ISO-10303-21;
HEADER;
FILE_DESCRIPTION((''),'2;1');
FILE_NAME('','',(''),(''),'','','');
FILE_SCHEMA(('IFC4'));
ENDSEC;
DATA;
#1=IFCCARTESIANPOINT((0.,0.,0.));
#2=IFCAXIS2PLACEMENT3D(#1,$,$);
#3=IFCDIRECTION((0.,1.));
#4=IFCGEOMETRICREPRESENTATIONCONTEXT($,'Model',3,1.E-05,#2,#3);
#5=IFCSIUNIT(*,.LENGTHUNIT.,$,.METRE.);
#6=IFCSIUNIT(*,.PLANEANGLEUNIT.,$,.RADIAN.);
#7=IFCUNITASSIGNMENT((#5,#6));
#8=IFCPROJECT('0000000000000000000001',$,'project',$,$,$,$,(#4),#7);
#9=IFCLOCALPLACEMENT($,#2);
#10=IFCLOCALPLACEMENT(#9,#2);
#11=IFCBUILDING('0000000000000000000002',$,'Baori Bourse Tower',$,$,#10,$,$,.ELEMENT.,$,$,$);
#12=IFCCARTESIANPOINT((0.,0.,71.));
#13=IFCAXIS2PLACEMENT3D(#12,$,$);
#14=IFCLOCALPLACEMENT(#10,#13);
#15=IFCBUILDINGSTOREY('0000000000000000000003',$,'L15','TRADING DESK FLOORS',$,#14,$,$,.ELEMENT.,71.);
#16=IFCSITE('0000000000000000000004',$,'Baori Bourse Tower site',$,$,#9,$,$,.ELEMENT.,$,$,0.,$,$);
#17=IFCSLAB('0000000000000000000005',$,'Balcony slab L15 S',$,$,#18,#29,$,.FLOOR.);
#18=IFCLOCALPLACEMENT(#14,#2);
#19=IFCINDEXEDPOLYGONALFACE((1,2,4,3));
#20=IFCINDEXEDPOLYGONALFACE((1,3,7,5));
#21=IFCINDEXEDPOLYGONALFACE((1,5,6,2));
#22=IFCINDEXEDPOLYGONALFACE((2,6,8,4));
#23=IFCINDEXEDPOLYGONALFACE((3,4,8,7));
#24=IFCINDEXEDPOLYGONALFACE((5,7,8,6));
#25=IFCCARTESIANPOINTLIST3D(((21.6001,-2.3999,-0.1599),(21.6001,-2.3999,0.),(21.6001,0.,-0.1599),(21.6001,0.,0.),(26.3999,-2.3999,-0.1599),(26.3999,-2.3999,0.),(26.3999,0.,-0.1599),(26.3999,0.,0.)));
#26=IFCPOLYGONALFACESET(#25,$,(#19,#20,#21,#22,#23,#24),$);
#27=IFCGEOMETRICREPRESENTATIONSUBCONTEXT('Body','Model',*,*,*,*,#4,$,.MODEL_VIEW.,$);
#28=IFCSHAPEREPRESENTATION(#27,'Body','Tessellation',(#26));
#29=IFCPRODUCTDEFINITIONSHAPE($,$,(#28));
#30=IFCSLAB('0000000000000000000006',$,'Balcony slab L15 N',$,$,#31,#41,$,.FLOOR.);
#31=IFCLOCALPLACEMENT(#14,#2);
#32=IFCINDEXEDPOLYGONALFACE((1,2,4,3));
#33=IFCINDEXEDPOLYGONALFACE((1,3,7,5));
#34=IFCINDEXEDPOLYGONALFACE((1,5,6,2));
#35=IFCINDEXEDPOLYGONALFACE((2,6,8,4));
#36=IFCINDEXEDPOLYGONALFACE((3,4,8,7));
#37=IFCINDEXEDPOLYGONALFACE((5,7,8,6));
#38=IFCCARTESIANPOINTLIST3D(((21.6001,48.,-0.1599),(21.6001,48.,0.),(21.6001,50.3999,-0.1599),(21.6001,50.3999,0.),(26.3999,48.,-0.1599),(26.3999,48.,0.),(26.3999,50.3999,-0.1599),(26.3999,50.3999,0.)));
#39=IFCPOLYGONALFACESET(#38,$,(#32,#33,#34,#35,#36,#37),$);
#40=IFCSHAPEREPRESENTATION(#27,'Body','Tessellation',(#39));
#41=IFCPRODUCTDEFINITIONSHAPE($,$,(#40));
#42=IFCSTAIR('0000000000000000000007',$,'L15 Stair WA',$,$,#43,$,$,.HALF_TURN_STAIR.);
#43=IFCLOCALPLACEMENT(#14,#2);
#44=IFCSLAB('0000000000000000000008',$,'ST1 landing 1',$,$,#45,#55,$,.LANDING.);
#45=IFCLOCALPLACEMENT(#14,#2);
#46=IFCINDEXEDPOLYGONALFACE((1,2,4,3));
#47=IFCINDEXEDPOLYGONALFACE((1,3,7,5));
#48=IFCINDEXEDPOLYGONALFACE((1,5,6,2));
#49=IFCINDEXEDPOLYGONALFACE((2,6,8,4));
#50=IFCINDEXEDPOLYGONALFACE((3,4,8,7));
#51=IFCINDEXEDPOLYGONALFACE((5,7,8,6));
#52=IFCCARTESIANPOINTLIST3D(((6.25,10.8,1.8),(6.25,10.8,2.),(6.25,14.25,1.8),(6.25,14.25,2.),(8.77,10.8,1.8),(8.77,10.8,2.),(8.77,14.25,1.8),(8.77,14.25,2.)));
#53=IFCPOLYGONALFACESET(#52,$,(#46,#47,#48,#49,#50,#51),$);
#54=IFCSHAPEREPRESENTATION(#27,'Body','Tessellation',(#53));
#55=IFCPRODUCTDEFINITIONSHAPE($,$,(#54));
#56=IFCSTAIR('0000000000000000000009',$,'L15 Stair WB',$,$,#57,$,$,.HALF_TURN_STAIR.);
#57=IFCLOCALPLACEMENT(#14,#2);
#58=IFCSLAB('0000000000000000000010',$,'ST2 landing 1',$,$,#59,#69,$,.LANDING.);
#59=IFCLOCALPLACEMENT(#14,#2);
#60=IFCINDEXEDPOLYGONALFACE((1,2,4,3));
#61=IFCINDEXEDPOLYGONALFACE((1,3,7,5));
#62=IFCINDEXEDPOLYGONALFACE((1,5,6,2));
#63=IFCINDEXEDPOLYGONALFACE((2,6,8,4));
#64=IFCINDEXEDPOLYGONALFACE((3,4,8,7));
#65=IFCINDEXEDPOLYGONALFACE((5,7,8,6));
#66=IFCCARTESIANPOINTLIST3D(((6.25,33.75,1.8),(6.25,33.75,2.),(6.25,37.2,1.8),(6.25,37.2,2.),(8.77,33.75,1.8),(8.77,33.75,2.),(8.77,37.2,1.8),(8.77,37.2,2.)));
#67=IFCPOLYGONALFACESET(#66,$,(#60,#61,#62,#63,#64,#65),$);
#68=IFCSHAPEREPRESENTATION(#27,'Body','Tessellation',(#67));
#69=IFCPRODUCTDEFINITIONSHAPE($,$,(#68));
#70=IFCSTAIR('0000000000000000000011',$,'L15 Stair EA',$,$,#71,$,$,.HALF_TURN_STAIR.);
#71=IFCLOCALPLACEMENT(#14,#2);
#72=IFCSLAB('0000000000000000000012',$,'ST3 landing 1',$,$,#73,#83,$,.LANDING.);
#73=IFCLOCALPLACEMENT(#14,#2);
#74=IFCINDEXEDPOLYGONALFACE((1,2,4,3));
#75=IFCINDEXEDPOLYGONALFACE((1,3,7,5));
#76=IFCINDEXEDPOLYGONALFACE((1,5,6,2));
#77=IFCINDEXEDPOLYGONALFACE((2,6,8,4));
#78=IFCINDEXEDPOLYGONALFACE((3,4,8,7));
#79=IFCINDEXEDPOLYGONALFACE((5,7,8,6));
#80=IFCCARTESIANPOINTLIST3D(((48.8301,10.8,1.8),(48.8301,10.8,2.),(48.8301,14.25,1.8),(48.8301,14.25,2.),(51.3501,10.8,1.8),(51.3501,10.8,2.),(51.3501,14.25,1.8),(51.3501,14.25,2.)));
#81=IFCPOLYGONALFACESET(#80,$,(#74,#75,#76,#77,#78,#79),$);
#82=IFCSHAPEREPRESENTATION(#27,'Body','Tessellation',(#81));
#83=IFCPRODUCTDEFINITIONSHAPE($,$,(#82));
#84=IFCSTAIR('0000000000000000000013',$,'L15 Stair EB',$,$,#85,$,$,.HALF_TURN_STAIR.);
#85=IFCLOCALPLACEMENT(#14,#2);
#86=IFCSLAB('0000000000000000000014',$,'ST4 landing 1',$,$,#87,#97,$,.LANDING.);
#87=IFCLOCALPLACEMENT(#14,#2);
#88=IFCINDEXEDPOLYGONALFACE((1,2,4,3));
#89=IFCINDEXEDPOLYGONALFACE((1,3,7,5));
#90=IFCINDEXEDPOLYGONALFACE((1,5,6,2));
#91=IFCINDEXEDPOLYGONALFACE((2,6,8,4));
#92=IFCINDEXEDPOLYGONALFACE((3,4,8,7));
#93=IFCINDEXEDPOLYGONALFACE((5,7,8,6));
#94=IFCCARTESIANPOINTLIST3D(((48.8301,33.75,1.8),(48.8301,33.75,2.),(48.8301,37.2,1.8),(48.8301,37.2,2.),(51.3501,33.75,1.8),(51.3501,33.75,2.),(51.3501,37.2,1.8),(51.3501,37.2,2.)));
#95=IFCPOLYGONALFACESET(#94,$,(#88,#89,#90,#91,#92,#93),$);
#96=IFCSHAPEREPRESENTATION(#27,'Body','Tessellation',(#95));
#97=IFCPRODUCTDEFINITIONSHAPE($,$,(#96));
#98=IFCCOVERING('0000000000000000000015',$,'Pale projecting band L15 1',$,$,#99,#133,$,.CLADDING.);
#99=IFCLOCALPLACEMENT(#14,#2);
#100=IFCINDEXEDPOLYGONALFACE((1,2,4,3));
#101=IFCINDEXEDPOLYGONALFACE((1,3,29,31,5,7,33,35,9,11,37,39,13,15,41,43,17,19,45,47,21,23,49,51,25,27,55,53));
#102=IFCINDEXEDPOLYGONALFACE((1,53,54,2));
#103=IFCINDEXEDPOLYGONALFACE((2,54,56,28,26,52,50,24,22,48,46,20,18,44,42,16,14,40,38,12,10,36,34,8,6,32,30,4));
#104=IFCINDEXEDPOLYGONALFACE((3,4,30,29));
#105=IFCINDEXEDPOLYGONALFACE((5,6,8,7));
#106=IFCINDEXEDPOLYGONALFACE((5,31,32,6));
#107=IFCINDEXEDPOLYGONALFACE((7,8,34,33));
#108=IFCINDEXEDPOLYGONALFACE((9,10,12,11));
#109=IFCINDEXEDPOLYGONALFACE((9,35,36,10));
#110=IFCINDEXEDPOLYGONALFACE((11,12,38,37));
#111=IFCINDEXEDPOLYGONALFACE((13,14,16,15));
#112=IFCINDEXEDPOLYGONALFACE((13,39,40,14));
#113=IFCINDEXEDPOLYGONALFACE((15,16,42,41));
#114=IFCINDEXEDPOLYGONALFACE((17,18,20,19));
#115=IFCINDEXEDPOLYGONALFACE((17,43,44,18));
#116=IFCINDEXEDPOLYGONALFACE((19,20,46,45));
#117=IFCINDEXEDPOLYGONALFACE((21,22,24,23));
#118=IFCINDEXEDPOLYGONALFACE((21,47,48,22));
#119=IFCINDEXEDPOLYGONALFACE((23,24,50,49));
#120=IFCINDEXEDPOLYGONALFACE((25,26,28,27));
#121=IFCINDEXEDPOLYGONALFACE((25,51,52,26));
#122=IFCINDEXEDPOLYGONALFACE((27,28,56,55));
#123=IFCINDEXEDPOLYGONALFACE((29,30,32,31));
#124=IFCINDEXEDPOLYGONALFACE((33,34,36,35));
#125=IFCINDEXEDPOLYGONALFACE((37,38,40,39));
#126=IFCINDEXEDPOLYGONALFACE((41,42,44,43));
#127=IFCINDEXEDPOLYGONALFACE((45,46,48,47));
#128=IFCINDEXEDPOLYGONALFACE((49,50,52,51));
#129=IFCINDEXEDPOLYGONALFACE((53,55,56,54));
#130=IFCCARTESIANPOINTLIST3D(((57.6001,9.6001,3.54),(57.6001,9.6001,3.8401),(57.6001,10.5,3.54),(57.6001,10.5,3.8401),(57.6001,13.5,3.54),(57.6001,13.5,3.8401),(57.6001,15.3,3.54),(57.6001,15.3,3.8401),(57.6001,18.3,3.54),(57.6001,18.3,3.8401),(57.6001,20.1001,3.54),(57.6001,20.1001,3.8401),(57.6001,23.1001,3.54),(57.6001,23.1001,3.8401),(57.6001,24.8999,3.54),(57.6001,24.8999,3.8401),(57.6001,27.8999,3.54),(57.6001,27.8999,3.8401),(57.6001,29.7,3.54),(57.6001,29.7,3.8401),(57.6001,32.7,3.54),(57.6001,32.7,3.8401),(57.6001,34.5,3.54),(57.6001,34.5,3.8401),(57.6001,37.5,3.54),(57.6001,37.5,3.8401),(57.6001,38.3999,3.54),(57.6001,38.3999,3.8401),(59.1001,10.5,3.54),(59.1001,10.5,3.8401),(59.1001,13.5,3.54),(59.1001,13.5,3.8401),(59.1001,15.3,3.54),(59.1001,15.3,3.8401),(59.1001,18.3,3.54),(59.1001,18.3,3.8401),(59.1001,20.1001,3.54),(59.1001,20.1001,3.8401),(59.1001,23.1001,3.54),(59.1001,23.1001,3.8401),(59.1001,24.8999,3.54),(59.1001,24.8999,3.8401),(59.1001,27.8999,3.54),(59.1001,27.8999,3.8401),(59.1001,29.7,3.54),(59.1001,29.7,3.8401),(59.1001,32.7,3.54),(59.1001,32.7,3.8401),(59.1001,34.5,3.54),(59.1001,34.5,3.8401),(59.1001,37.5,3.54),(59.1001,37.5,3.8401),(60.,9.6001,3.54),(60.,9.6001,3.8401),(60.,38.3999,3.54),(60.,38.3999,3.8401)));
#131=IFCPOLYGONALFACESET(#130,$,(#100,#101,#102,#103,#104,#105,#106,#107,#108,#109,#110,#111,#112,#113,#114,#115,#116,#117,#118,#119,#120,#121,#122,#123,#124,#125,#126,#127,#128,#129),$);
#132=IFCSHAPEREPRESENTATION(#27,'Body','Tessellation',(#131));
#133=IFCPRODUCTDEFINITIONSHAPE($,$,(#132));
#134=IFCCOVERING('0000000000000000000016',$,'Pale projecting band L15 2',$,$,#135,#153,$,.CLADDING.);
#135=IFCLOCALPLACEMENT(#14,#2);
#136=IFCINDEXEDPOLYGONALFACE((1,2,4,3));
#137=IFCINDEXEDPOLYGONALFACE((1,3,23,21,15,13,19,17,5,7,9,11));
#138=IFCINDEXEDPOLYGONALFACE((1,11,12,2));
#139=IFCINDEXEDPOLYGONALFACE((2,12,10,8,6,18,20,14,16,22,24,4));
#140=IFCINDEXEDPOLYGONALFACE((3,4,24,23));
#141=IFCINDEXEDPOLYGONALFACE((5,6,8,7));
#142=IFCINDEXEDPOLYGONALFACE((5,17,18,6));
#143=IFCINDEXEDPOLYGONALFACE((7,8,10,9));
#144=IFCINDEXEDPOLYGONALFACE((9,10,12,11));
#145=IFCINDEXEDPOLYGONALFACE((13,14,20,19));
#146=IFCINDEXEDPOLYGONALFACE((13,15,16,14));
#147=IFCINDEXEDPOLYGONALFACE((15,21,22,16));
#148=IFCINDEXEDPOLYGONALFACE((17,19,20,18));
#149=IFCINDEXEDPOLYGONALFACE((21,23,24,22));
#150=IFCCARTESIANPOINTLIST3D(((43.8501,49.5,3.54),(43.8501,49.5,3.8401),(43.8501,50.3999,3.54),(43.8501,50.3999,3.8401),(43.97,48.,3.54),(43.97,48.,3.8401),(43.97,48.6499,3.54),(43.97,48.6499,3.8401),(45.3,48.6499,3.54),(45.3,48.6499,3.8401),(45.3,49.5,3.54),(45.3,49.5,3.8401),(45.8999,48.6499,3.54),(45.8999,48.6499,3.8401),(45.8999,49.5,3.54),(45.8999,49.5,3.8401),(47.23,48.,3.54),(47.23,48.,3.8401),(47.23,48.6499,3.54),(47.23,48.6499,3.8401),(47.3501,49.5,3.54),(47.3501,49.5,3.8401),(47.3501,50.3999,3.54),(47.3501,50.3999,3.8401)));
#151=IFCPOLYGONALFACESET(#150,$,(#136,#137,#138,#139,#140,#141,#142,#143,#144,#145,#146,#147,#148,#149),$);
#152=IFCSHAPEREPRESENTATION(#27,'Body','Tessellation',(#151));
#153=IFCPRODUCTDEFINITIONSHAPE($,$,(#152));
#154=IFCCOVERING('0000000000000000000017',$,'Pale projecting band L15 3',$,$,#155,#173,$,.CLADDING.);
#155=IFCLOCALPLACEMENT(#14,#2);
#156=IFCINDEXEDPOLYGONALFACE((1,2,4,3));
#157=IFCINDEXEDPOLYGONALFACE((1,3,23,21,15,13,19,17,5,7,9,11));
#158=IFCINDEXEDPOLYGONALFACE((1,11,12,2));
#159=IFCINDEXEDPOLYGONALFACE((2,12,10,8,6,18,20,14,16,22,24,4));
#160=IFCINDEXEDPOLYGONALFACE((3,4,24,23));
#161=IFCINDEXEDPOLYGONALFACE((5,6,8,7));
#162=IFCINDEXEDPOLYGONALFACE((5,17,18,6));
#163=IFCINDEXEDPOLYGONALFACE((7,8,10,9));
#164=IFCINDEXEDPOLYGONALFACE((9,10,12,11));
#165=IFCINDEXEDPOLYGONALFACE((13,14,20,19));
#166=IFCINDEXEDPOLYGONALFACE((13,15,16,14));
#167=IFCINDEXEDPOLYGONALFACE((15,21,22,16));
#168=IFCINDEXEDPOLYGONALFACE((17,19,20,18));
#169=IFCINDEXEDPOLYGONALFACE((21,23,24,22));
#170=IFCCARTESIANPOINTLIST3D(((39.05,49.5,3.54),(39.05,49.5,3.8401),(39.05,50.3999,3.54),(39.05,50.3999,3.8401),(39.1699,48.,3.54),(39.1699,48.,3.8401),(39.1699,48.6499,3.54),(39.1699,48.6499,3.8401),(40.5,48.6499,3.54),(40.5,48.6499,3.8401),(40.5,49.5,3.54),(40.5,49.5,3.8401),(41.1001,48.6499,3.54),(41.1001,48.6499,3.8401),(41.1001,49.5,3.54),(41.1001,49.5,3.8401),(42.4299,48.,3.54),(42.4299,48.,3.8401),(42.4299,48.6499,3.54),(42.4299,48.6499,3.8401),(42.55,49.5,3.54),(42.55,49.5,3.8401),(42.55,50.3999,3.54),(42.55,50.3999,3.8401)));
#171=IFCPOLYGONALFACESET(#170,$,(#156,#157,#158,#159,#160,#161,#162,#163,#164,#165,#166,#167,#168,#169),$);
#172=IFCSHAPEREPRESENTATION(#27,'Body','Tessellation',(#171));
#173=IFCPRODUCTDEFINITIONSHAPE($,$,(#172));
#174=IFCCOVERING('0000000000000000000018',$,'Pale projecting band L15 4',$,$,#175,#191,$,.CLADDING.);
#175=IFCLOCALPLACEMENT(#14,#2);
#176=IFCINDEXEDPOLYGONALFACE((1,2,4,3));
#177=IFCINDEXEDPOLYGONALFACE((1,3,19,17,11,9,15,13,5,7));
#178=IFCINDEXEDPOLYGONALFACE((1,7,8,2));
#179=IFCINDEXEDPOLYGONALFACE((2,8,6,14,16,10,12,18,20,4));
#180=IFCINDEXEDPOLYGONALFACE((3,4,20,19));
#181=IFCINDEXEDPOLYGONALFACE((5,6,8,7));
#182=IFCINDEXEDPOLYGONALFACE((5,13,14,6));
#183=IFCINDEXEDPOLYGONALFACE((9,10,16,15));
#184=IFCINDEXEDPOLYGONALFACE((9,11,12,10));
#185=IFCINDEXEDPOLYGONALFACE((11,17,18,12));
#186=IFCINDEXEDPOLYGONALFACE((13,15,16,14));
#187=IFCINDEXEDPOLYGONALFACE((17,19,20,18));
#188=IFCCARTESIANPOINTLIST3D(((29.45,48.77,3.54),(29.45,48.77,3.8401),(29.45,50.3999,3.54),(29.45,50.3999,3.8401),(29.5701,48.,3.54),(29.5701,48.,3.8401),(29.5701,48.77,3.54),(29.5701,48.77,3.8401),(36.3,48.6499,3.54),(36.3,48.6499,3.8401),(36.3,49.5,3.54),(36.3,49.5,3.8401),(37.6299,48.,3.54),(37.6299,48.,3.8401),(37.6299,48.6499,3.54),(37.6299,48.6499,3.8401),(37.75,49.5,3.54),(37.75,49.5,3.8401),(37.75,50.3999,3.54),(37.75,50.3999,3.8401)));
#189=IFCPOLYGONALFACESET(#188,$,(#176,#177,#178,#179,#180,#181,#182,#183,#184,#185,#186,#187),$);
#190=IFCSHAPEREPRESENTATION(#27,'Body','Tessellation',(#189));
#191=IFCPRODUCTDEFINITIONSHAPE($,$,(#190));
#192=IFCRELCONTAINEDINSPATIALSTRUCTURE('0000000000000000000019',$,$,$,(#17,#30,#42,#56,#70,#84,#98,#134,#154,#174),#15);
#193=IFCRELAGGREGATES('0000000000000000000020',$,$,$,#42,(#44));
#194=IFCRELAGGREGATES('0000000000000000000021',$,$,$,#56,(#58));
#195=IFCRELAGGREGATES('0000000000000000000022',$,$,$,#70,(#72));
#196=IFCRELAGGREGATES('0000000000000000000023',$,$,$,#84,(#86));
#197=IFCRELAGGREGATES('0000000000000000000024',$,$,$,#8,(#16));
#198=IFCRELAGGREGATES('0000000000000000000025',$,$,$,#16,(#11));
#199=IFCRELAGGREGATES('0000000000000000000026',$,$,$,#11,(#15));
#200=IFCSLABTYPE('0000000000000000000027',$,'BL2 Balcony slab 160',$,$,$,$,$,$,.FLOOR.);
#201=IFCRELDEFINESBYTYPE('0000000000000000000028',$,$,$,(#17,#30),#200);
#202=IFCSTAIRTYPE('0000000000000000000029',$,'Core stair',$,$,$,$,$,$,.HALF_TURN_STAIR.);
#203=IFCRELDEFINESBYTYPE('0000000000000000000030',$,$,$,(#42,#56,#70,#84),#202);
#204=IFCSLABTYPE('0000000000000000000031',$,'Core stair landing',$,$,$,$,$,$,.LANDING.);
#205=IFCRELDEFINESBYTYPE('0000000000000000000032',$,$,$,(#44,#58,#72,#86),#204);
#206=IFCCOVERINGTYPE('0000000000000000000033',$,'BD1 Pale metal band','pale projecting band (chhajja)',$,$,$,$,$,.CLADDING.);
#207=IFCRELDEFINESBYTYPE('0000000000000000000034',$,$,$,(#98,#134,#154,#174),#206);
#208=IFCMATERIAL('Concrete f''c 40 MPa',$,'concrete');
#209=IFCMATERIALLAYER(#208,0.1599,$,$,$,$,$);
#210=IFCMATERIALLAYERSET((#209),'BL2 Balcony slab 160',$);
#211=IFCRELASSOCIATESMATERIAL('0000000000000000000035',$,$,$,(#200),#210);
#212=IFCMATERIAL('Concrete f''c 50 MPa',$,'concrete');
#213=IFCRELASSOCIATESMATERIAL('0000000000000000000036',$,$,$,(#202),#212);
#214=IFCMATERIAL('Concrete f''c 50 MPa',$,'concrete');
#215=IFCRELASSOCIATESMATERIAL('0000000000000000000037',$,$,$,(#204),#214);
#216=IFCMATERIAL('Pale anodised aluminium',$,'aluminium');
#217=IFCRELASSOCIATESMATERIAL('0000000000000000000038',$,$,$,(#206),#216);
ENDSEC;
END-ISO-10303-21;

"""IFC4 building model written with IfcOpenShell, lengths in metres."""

from ifc_helpers import new_model, si_unit, direction, frame, origin, place, context, subcontext, project, spatial, polyline, outline, extrude, material, layer, layer_set, type_object, element, aggregate, save


model = new_model("IFC4")

# Units and contexts
model_context = context("Model", 3, precision=1e-05, world=origin(), true_north=direction((0.0, 1.0)))
body_context = subcontext(model_context, "Body", "Model", "MODEL_VIEW")
ifc_project = project(units=[si_unit("LENGTHUNIT", "METRE"), si_unit("PLANEANGLEUNIT", "RADIAN")], contexts=[model_context])

# Site, building, storey
site_placement = place(None, origin())
site = spatial("IfcSite", under=ifc_project, at=site_placement, Name="Baori Bourse Tower site", CompositionType="ELEMENT", RefElevation=0.0)
building_placement = place(site_placement, origin())
building = spatial("IfcBuilding", under=site, at=building_placement, Name="Baori Bourse Tower", CompositionType="ELEMENT")
storey_placement = place(building_placement, frame((0.0, 0.0, 71.0)))
storey = spatial("IfcBuildingStorey", under=building, at=storey_placement, Name="L15", Description="TRADING DESK FLOORS", CompositionType="ELEMENT", Elevation=71.0)

# Slabs
ifc_material_1 = material(Name="Concrete f'c 40 MPa", Category="concrete")
ifc_layer_1 = layer(ifc_material_1, 0.1599)
ifc_layer_set_1 = layer_set([ifc_layer_1], Name="BL2 Balcony slab 160")
slab_type_1 = type_object("IfcSlabType", Name="BL2 Balcony slab 160", PredefinedType="FLOOR", material=ifc_layer_set_1)
slab_1_placement = place(storey_placement, frame((0.0, 0.0, -0.1599)))
element("IfcSlab", 1, at=slab_1_placement, inside=storey, type_object=slab_type_1, Name="Balcony slab L15 S", PredefinedType="FLOOR", context=body_context, shape_type="SweptSolid", body=[
    extrude(outline(polyline([(21.6001, 0.0), (21.6001, -2.3999), (26.3999, -2.3999), (26.3999, 0.0), (21.6001, 0.0)])), origin(), (0.0, 0.0, 1.0), 0.1599),
])
slab_2_placement = place(storey_placement, frame((0.0, 0.0, -0.1599)))
element("IfcSlab", 2, at=slab_2_placement, inside=storey, type_object=slab_type_1, Name="Balcony slab L15 N", PredefinedType="FLOOR", context=body_context, shape_type="SweptSolid", body=[
    extrude(outline(polyline([(21.6001, 48.0), (26.3999, 48.0), (26.3999, 50.3999), (21.6001, 50.3999), (21.6001, 48.0)])), origin(), (0.0, 0.0, 1.0), 0.1599),
])

# Stairs, slabs
ifc_material_2 = material(Name="Concrete f'c 50 MPa", Category="concrete")
stair_type = type_object("IfcStairType", Name="Core stair", PredefinedType="HALF_TURN_STAIR", material=ifc_material_2)
stair_1_placement = place(storey_placement, origin())
stair_1 = element("IfcStair", 3, at=stair_1_placement, inside=storey, type_object=stair_type, Name="L15 Stair WA", PredefinedType="HALF_TURN_STAIR")
ifc_material_3 = material(Name="Concrete f'c 50 MPa", Category="concrete")
slab_type_2 = type_object("IfcSlabType", Name="Core stair landing", PredefinedType="LANDING", material=ifc_material_3)
slab_3_placement = place(storey_placement, frame((0.0, 0.0, 1.8)))
slab_3 = element("IfcSlab", 4, at=slab_3_placement, type_object=slab_type_2, Name="ST1 landing 1", PredefinedType="LANDING", context=body_context, shape_type="SweptSolid", body=[
    extrude(outline(polyline([(8.77, 14.25), (6.25, 14.25), (6.25, 10.8), (8.77, 10.8), (8.77, 14.25)])), origin(), (0.0, 0.0, 1.0), 0.2),
])
aggregate(stair_1, [slab_3])
stair_2_placement = place(storey_placement, origin())
stair_2 = element("IfcStair", 5, at=stair_2_placement, inside=storey, type_object=stair_type, Name="L15 Stair WB", PredefinedType="HALF_TURN_STAIR")
slab_4_placement = place(storey_placement, frame((0.0, 0.0, 1.8)))
slab_4 = element("IfcSlab", 6, at=slab_4_placement, type_object=slab_type_2, Name="ST2 landing 1", PredefinedType="LANDING", context=body_context, shape_type="SweptSolid", body=[
    extrude(outline(polyline([(8.77, 37.2), (6.25, 37.2), (6.25, 33.75), (8.77, 33.75), (8.77, 37.2)])), origin(), (0.0, 0.0, 1.0), 0.2),
])
aggregate(stair_2, [slab_4])
stair_3_placement = place(storey_placement, origin())
stair_3 = element("IfcStair", 7, at=stair_3_placement, inside=storey, type_object=stair_type, Name="L15 Stair EA", PredefinedType="HALF_TURN_STAIR")
slab_5_placement = place(storey_placement, frame((0.0, 0.0, 1.8)))
slab_5 = element("IfcSlab", 8, at=slab_5_placement, type_object=slab_type_2, Name="ST3 landing 1", PredefinedType="LANDING", context=body_context, shape_type="SweptSolid", body=[
    extrude(outline(polyline([(48.8301, 10.8), (51.3501, 10.8), (51.3501, 14.25), (48.8301, 14.25), (48.8301, 10.8)])), origin(), (0.0, 0.0, 1.0), 0.2),
])
aggregate(stair_3, [slab_5])
stair_4_placement = place(storey_placement, origin())
stair_4 = element("IfcStair", 9, at=stair_4_placement, inside=storey, type_object=stair_type, Name="L15 Stair EB", PredefinedType="HALF_TURN_STAIR")
slab_6_placement = place(storey_placement, frame((0.0, 0.0, 1.8)))
slab_6 = element("IfcSlab", 10, at=slab_6_placement, type_object=slab_type_2, Name="ST4 landing 1", PredefinedType="LANDING", context=body_context, shape_type="SweptSolid", body=[
    extrude(outline(polyline([(48.8301, 33.75), (51.3501, 33.75), (51.3501, 37.2), (48.8301, 37.2), (48.8301, 33.75)])), origin(), (0.0, 0.0, 1.0), 0.2),
])
aggregate(stair_4, [slab_6])

# Coverings
ifc_material_4 = material(Name="Pale anodised aluminium", Category="aluminium")
covering_type_1 = type_object("IfcCoveringType", Name="BD1 Pale metal band", Description="pale projecting band (chhajja)", PredefinedType="CLADDING", material=ifc_material_4)
covering_1_placement = place(storey_placement, frame((0.0, 0.0, 3.54)))
element("IfcCovering", 11, at=covering_1_placement, inside=storey, type_object=covering_type_1, Name="Pale projecting band L15 1", PredefinedType="CLADDING", context=body_context, shape_type="SweptSolid", body=[
    extrude(outline(polyline([(57.6001, 10.5), (57.6001, 9.6001), (60.0, 9.6001), (60.0, 38.3999), (57.6001, 38.3999), (57.6001, 37.5), (59.1001, 37.5), (59.1001, 34.5), (57.6001, 34.5), (57.6001, 32.7), (59.1001, 32.7), (59.1001, 29.7), (57.6001, 29.7), (57.6001, 27.8999), (59.1001, 27.8999), (59.1001, 24.8999), (57.6001, 24.8999), (57.6001, 23.1001), (59.1001, 23.1001), (59.1001, 20.1001), (57.6001, 20.1001), (57.6001, 18.3), (59.1001, 18.3), (59.1001, 15.3), (57.6001, 15.3), (57.6001, 13.5), (59.1001, 13.5), (59.1001, 10.5), (57.6001, 10.5)])), origin(), (0.0, 0.0, 1.0), 0.3),
])
covering_2_placement = place(storey_placement, frame((0.0, 0.0, 3.54)))
element("IfcCovering", 12, at=covering_2_placement, inside=storey, type_object=covering_type_1, Name="Pale projecting band L15 2", PredefinedType="CLADDING", context=body_context, shape_type="SweptSolid", body=[
    extrude(outline(polyline([(43.97, 48.0), (47.23, 48.0), (47.23, 48.6499), (45.8999, 48.6499), (45.8999, 49.5), (47.3501, 49.5), (47.3501, 50.3999), (43.8501, 50.3999), (43.8501, 49.5), (45.3, 49.5), (45.3, 48.6499), (43.97, 48.6499), (43.97, 48.0)])), origin(), (0.0, 0.0, 1.0), 0.3),
])
covering_3_placement = place(storey_placement, frame((0.0, 0.0, 3.54)))
element("IfcCovering", 13, at=covering_3_placement, inside=storey, type_object=covering_type_1, Name="Pale projecting band L15 3", PredefinedType="CLADDING", context=body_context, shape_type="SweptSolid", body=[
    extrude(outline(polyline([(39.1699, 48.0), (42.4299, 48.0), (42.4299, 48.6499), (41.1001, 48.6499), (41.1001, 49.5), (42.55, 49.5), (42.55, 50.3999), (39.05, 50.3999), (39.05, 49.5), (40.5, 49.5), (40.5, 48.6499), (39.1699, 48.6499), (39.1699, 48.0)])), origin(), (0.0, 0.0, 1.0), 0.3),
])
covering_4_placement = place(storey_placement, frame((0.0, 0.0, 3.54)))
element("IfcCovering", 14, at=covering_4_placement, inside=storey, type_object=covering_type_1, Name="Pale projecting band L15 4", PredefinedType="CLADDING", context=body_context, shape_type="SweptSolid", body=[
    extrude(outline(polyline([(29.5701, 48.0), (37.6299, 48.0), (37.6299, 48.6499), (36.3, 48.6499), (36.3, 49.5), (37.75, 49.5), (37.75, 50.3999), (29.45, 50.3999), (29.45, 48.77), (29.5701, 48.77), (29.5701, 48.0)])), origin(), (0.0, 0.0, 1.0), 0.3),
])

save(model, "model.ifc")
